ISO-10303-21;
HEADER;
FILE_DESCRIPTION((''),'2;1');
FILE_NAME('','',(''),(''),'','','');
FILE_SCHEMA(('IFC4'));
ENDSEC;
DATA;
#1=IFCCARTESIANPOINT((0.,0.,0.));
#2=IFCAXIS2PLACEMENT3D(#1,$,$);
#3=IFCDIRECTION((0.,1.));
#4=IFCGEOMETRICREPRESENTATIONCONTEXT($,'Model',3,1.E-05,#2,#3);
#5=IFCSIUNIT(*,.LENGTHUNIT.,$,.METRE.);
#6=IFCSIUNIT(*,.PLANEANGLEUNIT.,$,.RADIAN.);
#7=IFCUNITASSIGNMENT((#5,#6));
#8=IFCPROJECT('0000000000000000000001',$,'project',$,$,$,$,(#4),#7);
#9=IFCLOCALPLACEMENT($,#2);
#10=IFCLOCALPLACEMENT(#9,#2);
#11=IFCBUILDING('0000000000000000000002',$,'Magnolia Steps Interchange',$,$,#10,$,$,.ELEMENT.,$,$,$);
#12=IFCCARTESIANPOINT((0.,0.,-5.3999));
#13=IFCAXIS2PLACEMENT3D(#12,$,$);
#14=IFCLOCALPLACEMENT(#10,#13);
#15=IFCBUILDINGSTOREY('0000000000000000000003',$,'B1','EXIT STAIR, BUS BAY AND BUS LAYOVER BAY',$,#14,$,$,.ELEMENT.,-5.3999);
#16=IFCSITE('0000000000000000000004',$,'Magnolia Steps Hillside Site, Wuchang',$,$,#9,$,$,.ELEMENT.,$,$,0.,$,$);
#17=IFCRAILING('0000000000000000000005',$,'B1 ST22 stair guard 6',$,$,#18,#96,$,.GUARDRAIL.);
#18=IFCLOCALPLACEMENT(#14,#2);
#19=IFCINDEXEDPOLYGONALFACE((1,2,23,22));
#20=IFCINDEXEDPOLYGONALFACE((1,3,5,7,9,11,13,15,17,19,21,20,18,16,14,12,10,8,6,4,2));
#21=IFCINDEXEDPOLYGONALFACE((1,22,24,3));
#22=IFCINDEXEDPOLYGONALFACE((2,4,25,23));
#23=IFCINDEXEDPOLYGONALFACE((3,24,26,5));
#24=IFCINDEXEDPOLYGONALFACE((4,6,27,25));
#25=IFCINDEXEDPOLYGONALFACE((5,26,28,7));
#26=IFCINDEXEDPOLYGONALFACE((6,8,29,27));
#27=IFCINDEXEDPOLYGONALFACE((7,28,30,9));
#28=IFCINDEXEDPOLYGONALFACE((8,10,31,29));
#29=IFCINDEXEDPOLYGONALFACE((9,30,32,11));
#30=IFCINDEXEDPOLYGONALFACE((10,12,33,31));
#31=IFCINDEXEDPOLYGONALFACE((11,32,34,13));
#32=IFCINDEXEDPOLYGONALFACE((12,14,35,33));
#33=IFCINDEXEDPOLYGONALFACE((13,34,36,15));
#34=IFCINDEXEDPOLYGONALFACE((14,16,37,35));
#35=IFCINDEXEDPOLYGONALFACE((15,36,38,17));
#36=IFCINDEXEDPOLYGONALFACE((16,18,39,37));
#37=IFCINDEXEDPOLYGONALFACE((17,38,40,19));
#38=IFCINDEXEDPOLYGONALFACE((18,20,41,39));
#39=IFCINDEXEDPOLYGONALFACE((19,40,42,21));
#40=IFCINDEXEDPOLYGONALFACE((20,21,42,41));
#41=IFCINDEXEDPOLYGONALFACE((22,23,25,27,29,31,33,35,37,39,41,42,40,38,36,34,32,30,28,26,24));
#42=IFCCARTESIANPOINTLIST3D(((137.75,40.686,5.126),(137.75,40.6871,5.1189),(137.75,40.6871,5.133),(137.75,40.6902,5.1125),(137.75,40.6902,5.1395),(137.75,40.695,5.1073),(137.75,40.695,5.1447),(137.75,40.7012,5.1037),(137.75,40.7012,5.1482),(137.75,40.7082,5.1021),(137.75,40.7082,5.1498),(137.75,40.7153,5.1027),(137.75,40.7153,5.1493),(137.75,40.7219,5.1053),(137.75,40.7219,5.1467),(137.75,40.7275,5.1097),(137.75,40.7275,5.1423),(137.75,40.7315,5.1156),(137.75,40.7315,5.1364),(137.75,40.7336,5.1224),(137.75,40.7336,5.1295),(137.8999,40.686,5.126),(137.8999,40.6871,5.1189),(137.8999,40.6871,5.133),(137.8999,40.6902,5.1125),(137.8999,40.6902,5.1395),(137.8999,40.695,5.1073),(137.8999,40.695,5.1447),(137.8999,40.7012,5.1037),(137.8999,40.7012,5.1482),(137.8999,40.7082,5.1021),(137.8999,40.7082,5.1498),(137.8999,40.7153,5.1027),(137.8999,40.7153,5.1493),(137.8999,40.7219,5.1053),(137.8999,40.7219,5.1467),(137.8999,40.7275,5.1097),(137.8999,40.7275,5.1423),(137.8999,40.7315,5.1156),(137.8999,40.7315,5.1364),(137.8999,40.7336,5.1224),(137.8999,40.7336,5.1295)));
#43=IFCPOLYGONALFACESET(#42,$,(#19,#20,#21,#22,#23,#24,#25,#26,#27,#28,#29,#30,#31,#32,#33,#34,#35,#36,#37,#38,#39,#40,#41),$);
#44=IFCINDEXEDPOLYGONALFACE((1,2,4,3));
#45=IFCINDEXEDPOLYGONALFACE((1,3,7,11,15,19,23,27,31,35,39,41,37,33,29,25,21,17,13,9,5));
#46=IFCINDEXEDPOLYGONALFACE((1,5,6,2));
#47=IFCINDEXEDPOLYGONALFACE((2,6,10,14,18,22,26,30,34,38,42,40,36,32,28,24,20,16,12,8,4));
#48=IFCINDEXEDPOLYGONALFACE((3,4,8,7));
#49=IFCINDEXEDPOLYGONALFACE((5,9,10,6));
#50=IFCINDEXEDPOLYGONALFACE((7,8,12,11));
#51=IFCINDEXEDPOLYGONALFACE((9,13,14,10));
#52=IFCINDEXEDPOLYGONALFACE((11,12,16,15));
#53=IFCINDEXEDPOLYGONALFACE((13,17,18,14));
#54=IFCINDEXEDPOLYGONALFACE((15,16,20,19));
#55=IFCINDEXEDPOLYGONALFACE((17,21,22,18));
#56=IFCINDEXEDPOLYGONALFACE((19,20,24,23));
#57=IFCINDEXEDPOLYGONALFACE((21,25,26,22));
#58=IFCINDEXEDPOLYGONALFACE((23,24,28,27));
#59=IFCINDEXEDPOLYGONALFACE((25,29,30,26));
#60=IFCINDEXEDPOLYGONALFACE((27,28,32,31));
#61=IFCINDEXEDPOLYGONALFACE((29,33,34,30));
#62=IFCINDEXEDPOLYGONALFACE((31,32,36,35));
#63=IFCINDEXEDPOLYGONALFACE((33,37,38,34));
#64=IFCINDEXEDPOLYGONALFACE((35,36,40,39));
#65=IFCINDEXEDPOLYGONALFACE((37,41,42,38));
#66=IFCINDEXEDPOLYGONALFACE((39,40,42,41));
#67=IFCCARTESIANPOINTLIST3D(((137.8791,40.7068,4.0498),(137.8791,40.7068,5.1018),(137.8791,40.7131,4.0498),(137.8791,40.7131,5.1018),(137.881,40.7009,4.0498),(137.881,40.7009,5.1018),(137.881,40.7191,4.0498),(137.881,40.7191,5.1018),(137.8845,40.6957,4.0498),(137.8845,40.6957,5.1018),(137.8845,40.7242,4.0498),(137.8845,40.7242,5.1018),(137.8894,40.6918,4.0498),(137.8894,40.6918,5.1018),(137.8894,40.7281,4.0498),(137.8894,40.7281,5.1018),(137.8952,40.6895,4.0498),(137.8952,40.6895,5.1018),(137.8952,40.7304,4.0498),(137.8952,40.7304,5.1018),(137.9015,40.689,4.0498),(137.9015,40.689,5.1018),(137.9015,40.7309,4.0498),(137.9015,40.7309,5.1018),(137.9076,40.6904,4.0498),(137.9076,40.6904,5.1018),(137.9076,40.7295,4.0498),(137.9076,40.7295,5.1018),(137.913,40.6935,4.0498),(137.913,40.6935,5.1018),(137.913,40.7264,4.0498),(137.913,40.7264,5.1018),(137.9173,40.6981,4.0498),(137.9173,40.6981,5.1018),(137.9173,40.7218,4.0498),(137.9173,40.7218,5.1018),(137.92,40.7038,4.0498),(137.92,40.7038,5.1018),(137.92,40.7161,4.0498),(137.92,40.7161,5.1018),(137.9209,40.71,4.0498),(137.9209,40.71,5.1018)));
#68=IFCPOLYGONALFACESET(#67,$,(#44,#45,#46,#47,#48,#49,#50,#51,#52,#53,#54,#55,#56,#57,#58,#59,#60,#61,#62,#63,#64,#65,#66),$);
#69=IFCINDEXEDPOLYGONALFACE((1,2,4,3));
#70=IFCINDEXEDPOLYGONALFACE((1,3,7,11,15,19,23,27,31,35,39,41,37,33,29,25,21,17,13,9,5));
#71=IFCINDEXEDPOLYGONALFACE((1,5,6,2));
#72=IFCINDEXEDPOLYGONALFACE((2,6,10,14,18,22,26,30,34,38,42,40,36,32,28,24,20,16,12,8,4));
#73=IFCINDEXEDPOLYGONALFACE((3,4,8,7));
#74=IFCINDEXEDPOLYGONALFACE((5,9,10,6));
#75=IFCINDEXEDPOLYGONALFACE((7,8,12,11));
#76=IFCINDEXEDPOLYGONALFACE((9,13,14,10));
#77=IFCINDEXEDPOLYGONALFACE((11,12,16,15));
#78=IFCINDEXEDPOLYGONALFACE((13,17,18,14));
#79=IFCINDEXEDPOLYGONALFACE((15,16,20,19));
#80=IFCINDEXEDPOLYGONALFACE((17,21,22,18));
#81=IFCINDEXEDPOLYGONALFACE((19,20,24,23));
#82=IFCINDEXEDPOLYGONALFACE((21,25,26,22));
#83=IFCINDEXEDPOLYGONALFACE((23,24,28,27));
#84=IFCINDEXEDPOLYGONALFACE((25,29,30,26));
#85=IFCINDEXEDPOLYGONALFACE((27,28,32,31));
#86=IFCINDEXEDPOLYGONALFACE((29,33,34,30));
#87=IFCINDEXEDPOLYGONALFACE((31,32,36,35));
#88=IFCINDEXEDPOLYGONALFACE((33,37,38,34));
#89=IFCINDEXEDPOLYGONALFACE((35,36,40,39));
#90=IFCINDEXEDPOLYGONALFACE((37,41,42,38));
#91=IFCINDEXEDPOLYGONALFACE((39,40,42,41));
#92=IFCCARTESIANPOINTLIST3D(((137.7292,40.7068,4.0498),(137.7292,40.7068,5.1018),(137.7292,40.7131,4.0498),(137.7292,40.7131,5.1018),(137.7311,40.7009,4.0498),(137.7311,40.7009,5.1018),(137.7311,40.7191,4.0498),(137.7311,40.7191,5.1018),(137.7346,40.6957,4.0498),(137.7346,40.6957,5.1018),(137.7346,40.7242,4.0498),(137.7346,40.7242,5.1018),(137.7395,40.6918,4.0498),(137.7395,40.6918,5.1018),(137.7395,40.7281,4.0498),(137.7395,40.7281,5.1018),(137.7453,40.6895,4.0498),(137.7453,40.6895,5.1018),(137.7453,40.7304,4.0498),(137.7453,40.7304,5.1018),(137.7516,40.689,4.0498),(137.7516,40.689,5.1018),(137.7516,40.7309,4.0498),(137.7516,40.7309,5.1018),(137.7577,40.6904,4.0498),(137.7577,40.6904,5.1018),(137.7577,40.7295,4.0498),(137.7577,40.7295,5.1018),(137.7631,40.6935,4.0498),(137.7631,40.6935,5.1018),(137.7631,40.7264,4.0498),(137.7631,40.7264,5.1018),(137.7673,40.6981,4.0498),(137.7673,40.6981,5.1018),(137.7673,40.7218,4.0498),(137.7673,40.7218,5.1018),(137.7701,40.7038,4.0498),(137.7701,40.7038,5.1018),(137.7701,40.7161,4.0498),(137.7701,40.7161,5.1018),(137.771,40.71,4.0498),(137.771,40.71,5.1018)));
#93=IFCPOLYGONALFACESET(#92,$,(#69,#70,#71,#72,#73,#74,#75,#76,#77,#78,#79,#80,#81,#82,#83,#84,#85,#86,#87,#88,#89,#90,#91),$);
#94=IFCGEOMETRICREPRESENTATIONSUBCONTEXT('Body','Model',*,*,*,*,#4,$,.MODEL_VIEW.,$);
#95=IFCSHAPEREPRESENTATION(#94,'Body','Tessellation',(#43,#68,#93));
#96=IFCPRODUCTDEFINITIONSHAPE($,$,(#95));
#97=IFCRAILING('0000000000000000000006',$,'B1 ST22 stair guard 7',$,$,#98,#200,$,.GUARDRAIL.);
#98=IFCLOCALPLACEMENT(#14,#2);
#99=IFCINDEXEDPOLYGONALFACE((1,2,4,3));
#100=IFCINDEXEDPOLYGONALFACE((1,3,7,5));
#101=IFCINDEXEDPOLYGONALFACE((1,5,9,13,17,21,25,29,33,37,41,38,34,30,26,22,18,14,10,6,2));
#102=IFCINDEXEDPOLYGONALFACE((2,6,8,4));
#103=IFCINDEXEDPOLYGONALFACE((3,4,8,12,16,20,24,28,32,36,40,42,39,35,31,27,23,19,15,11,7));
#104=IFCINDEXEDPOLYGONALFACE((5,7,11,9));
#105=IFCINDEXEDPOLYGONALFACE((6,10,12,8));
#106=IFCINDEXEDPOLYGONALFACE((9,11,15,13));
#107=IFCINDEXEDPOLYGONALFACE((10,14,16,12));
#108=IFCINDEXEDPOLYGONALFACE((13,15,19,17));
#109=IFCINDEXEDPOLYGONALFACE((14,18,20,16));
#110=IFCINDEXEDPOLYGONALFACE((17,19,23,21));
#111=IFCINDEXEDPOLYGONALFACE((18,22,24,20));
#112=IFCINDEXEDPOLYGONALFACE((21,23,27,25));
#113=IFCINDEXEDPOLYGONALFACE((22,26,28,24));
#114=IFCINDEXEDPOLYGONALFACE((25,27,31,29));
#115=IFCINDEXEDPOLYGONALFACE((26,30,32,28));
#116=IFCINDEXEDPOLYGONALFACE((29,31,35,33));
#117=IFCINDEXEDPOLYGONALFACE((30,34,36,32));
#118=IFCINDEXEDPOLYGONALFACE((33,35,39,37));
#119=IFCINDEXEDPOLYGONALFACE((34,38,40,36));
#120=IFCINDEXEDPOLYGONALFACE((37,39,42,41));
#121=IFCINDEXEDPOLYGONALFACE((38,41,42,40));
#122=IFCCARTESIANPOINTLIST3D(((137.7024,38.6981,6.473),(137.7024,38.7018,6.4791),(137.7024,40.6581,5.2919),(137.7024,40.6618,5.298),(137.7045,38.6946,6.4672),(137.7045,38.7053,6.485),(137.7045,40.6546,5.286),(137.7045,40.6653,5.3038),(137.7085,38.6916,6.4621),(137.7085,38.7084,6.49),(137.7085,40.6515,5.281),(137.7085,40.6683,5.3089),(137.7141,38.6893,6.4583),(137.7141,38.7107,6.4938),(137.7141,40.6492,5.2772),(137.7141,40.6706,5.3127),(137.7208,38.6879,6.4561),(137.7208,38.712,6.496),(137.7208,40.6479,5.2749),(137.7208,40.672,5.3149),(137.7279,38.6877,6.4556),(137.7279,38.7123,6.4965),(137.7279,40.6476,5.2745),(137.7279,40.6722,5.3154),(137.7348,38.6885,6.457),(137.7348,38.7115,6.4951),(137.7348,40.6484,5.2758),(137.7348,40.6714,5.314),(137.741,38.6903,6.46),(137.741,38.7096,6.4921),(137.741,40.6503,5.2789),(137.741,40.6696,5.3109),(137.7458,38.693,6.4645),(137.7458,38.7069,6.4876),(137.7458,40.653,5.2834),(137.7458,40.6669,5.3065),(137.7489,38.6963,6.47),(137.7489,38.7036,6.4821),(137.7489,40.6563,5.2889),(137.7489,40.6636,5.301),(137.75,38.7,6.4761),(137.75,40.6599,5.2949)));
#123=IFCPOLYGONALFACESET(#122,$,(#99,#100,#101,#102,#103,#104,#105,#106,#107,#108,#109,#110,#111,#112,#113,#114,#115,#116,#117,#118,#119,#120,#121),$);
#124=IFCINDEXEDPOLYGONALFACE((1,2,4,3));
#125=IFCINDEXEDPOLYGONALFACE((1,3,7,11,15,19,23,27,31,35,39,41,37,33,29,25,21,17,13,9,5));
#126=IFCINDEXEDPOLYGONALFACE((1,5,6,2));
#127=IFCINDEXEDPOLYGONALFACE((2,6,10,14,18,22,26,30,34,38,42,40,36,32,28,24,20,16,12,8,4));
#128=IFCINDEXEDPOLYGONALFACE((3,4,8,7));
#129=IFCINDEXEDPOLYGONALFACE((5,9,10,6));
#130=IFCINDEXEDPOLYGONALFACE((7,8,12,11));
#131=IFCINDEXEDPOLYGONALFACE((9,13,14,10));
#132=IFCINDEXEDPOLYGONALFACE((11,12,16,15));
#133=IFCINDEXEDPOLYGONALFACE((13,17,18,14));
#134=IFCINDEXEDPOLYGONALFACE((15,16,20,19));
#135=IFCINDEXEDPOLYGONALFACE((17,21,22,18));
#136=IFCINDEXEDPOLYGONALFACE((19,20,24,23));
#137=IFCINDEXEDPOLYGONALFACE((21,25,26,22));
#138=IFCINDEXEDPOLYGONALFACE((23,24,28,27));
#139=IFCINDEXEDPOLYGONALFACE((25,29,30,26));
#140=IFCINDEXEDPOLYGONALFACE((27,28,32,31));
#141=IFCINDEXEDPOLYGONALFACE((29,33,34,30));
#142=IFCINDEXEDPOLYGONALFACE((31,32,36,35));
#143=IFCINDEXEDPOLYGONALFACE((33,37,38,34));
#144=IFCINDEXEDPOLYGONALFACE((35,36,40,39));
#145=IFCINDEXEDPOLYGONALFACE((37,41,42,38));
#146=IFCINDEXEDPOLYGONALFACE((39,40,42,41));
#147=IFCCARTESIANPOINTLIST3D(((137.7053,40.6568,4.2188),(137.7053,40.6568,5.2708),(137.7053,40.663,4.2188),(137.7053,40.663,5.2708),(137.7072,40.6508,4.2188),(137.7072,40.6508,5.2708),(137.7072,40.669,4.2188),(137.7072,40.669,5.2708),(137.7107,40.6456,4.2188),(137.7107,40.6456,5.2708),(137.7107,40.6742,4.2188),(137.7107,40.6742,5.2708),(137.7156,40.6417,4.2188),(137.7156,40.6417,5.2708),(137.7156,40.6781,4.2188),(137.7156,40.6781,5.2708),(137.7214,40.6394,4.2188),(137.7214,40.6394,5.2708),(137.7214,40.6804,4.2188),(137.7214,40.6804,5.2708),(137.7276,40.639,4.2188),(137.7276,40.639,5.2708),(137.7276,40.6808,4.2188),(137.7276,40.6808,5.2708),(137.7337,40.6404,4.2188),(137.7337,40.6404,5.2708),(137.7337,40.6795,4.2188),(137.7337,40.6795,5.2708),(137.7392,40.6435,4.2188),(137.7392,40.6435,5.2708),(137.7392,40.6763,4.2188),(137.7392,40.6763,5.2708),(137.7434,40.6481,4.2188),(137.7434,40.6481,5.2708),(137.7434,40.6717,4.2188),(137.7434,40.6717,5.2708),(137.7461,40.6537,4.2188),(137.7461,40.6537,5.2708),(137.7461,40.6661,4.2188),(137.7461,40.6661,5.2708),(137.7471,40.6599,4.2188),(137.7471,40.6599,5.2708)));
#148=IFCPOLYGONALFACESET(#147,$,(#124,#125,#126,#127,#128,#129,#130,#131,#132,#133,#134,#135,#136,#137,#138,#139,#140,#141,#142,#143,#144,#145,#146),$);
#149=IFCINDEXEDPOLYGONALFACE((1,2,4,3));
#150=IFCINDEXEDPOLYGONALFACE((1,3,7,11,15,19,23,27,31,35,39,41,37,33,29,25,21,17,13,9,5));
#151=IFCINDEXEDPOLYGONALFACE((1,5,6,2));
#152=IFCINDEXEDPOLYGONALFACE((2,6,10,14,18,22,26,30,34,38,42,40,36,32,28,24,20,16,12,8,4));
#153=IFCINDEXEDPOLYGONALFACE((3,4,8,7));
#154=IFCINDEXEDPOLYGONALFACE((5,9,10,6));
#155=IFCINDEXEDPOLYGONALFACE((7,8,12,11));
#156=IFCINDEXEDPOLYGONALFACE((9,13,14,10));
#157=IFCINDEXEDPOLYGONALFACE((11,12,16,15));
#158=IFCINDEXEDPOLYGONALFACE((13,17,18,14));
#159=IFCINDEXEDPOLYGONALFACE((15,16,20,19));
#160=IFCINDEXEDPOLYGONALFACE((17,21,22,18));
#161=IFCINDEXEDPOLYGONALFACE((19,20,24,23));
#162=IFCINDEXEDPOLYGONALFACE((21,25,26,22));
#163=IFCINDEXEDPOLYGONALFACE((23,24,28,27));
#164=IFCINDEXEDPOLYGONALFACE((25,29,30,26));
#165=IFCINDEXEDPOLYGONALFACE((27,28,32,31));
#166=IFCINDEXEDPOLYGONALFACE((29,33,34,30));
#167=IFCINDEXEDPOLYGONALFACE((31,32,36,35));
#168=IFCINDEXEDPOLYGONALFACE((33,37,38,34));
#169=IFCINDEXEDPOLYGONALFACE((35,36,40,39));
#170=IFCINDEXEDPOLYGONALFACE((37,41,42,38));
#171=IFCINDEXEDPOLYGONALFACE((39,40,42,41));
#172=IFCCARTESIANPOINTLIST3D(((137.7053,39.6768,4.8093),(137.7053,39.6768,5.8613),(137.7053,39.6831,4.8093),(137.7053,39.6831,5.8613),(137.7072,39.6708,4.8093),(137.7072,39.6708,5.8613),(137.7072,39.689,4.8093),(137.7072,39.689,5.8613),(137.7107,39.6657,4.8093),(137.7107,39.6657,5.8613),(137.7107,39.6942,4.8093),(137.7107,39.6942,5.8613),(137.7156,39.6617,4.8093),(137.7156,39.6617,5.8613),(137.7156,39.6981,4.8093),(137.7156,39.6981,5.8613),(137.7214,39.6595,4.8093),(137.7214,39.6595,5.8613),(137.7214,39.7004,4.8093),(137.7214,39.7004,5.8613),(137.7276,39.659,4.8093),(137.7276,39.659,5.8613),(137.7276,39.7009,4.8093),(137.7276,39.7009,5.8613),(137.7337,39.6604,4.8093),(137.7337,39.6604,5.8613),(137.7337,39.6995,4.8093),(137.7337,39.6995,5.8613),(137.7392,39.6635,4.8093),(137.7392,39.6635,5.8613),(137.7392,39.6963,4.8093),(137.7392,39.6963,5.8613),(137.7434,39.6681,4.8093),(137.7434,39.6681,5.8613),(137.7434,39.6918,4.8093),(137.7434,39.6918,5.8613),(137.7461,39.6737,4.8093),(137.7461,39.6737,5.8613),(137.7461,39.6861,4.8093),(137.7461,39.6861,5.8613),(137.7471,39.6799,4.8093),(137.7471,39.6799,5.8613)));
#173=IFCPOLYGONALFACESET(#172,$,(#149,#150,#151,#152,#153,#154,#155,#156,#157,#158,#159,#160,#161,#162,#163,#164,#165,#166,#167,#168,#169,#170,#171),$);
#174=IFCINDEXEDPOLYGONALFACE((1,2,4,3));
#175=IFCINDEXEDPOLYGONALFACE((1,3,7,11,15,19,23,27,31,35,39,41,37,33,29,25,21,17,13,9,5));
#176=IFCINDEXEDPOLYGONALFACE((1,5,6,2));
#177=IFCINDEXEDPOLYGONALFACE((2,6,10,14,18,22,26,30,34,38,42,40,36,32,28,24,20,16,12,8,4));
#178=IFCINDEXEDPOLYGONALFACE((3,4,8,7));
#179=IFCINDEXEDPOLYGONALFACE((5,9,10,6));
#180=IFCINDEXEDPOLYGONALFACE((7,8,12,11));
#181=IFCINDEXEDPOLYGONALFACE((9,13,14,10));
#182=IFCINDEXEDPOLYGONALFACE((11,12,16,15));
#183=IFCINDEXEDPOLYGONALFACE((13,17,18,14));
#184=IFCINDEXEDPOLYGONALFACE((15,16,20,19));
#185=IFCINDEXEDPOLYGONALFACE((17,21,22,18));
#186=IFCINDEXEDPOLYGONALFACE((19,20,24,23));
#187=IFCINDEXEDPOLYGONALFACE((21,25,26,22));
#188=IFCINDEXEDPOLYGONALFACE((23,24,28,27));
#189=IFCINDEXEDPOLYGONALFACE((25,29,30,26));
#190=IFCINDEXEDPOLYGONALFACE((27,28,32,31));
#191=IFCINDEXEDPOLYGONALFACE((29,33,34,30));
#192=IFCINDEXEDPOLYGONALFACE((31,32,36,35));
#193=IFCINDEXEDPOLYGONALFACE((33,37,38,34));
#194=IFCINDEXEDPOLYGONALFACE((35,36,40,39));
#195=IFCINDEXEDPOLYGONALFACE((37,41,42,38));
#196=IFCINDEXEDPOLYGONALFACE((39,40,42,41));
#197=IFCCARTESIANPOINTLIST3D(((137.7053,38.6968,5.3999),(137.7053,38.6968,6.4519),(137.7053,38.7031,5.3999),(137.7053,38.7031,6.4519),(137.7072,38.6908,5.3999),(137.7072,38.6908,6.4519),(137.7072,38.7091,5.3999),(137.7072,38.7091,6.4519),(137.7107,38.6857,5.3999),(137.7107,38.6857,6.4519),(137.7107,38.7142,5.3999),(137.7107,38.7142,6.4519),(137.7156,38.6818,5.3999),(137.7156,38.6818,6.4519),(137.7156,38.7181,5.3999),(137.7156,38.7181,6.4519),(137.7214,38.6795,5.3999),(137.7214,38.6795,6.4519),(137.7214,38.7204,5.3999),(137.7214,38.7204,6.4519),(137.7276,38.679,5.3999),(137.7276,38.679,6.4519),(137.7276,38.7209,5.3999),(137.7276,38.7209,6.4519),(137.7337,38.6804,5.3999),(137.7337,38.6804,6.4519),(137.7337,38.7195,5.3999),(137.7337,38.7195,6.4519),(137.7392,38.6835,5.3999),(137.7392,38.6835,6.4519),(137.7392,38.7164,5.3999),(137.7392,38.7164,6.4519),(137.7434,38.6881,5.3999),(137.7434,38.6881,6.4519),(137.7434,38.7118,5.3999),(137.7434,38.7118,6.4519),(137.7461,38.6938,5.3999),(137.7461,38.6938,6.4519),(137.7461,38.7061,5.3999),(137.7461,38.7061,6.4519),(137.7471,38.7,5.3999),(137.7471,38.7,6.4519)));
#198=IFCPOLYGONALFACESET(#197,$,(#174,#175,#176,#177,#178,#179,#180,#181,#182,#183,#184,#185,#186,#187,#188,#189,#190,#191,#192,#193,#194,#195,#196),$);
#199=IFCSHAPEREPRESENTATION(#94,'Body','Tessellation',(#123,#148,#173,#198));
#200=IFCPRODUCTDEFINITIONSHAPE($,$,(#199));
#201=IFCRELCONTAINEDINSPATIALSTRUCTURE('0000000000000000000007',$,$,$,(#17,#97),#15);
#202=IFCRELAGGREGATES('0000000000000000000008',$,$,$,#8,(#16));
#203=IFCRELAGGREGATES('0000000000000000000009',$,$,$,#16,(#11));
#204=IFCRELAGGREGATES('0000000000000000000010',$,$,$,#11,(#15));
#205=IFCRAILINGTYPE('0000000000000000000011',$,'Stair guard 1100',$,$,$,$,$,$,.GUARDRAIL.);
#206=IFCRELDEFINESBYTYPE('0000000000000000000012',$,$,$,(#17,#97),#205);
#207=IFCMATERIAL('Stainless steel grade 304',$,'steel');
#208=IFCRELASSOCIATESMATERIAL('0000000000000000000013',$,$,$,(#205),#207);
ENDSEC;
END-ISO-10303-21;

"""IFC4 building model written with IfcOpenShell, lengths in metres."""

from ifc_helpers import new_model, si_unit, direction, frame, origin, origin_2d, place, context, subcontext, project, spatial, circle, extrude, material, type_object, element, save


model = new_model("IFC4")

# Units and contexts
model_context = context("Model", 3, precision=1e-05, world=origin(), true_north=direction((0.0, 1.0)))
body_context = subcontext(model_context, "Body", "Model", "MODEL_VIEW")
ifc_project = project(units=[si_unit("LENGTHUNIT", "METRE"), si_unit("PLANEANGLEUNIT", "RADIAN")], contexts=[model_context])

# Site, building, storey
site_placement = place(None, origin())
site = spatial("IfcSite", under=ifc_project, at=site_placement, Name="Magnolia Steps Hillside Site, Wuchang", CompositionType="ELEMENT", RefElevation=0.0)
building_placement = place(site_placement, origin())
building = spatial("IfcBuilding", under=site, at=building_placement, Name="Magnolia Steps Interchange", CompositionType="ELEMENT")
storey_placement = place(building_placement, frame((0.0, 0.0, -5.3999)))
storey = spatial("IfcBuildingStorey", under=building, at=storey_placement, Name="B1", Description="EXIT STAIR, BUS BAY AND BUS LAYOVER BAY", CompositionType="ELEMENT", Elevation=-5.3999)

# Railings
ifc_material_1 = material(Name="Stainless steel grade 304", Category="steel")
railing_type_1 = type_object("IfcRailingType", Name="Stair guard 1100", PredefinedType="GUARDRAIL", material=ifc_material_1)
railing_1_placement = place(storey_placement, frame((137.8999, 40.71, 4.0498)))
element("IfcRailing", 1, at=railing_1_placement, inside=storey, type_object=railing_type_1, Name="B1 ST22 stair guard 6", PredefinedType="GUARDRAIL", context=body_context, shape_type="SweptSolid", body=[
    extrude(circle(Radius=0.0239, at=origin_2d()), frame((0.0, 0.0, 1.0762), z_axis=(-1.0, 0.0, 0.0), x_axis=(0.0, -1.0, 0.0)), (0.0, 0.0, 1.0), 0.1499),
    extrude(circle(Radius=0.021, at=origin_2d()), origin(), (0.0, 0.0, 1.0), 1.052),
    extrude(circle(Radius=0.021, at=origin_2d()), frame((-0.1499, 0.0, 0.0)), (0.0, 0.0, 1.0), 1.052),
])
railing_2_placement = place(storey_placement, frame((137.7261, 40.6599, 4.2188)))
element("IfcRailing", 2, at=railing_2_placement, inside=storey, type_object=railing_type_1, Name="B1 ST22 stair guard 7", PredefinedType="GUARDRAIL", context=body_context, shape_type="SweptSolid", body=[
    extrude(circle(Radius=0.0239, at=origin_2d()), frame((0.0, 0.0, 1.0762), z_axis=(0.0, -0.856493, 0.516158), x_axis=(1.0, 0.0, 0.0)), (0.0, 0.0, 1.0), 2.2883),
    extrude(circle(Radius=0.021, at=origin_2d()), origin(), (0.0, 0.0, 1.0), 1.052),
    extrude(circle(Radius=0.021, at=origin_2d()), frame((0.0, -0.98, 0.5906)), (0.0, 0.0, 1.0), 1.052),
    extrude(circle(Radius=0.021, at=origin_2d()), frame((0.0, -1.96, 1.1812)), (0.0, 0.0, 1.0), 1.052),
])

save(model, "model.ifc")
